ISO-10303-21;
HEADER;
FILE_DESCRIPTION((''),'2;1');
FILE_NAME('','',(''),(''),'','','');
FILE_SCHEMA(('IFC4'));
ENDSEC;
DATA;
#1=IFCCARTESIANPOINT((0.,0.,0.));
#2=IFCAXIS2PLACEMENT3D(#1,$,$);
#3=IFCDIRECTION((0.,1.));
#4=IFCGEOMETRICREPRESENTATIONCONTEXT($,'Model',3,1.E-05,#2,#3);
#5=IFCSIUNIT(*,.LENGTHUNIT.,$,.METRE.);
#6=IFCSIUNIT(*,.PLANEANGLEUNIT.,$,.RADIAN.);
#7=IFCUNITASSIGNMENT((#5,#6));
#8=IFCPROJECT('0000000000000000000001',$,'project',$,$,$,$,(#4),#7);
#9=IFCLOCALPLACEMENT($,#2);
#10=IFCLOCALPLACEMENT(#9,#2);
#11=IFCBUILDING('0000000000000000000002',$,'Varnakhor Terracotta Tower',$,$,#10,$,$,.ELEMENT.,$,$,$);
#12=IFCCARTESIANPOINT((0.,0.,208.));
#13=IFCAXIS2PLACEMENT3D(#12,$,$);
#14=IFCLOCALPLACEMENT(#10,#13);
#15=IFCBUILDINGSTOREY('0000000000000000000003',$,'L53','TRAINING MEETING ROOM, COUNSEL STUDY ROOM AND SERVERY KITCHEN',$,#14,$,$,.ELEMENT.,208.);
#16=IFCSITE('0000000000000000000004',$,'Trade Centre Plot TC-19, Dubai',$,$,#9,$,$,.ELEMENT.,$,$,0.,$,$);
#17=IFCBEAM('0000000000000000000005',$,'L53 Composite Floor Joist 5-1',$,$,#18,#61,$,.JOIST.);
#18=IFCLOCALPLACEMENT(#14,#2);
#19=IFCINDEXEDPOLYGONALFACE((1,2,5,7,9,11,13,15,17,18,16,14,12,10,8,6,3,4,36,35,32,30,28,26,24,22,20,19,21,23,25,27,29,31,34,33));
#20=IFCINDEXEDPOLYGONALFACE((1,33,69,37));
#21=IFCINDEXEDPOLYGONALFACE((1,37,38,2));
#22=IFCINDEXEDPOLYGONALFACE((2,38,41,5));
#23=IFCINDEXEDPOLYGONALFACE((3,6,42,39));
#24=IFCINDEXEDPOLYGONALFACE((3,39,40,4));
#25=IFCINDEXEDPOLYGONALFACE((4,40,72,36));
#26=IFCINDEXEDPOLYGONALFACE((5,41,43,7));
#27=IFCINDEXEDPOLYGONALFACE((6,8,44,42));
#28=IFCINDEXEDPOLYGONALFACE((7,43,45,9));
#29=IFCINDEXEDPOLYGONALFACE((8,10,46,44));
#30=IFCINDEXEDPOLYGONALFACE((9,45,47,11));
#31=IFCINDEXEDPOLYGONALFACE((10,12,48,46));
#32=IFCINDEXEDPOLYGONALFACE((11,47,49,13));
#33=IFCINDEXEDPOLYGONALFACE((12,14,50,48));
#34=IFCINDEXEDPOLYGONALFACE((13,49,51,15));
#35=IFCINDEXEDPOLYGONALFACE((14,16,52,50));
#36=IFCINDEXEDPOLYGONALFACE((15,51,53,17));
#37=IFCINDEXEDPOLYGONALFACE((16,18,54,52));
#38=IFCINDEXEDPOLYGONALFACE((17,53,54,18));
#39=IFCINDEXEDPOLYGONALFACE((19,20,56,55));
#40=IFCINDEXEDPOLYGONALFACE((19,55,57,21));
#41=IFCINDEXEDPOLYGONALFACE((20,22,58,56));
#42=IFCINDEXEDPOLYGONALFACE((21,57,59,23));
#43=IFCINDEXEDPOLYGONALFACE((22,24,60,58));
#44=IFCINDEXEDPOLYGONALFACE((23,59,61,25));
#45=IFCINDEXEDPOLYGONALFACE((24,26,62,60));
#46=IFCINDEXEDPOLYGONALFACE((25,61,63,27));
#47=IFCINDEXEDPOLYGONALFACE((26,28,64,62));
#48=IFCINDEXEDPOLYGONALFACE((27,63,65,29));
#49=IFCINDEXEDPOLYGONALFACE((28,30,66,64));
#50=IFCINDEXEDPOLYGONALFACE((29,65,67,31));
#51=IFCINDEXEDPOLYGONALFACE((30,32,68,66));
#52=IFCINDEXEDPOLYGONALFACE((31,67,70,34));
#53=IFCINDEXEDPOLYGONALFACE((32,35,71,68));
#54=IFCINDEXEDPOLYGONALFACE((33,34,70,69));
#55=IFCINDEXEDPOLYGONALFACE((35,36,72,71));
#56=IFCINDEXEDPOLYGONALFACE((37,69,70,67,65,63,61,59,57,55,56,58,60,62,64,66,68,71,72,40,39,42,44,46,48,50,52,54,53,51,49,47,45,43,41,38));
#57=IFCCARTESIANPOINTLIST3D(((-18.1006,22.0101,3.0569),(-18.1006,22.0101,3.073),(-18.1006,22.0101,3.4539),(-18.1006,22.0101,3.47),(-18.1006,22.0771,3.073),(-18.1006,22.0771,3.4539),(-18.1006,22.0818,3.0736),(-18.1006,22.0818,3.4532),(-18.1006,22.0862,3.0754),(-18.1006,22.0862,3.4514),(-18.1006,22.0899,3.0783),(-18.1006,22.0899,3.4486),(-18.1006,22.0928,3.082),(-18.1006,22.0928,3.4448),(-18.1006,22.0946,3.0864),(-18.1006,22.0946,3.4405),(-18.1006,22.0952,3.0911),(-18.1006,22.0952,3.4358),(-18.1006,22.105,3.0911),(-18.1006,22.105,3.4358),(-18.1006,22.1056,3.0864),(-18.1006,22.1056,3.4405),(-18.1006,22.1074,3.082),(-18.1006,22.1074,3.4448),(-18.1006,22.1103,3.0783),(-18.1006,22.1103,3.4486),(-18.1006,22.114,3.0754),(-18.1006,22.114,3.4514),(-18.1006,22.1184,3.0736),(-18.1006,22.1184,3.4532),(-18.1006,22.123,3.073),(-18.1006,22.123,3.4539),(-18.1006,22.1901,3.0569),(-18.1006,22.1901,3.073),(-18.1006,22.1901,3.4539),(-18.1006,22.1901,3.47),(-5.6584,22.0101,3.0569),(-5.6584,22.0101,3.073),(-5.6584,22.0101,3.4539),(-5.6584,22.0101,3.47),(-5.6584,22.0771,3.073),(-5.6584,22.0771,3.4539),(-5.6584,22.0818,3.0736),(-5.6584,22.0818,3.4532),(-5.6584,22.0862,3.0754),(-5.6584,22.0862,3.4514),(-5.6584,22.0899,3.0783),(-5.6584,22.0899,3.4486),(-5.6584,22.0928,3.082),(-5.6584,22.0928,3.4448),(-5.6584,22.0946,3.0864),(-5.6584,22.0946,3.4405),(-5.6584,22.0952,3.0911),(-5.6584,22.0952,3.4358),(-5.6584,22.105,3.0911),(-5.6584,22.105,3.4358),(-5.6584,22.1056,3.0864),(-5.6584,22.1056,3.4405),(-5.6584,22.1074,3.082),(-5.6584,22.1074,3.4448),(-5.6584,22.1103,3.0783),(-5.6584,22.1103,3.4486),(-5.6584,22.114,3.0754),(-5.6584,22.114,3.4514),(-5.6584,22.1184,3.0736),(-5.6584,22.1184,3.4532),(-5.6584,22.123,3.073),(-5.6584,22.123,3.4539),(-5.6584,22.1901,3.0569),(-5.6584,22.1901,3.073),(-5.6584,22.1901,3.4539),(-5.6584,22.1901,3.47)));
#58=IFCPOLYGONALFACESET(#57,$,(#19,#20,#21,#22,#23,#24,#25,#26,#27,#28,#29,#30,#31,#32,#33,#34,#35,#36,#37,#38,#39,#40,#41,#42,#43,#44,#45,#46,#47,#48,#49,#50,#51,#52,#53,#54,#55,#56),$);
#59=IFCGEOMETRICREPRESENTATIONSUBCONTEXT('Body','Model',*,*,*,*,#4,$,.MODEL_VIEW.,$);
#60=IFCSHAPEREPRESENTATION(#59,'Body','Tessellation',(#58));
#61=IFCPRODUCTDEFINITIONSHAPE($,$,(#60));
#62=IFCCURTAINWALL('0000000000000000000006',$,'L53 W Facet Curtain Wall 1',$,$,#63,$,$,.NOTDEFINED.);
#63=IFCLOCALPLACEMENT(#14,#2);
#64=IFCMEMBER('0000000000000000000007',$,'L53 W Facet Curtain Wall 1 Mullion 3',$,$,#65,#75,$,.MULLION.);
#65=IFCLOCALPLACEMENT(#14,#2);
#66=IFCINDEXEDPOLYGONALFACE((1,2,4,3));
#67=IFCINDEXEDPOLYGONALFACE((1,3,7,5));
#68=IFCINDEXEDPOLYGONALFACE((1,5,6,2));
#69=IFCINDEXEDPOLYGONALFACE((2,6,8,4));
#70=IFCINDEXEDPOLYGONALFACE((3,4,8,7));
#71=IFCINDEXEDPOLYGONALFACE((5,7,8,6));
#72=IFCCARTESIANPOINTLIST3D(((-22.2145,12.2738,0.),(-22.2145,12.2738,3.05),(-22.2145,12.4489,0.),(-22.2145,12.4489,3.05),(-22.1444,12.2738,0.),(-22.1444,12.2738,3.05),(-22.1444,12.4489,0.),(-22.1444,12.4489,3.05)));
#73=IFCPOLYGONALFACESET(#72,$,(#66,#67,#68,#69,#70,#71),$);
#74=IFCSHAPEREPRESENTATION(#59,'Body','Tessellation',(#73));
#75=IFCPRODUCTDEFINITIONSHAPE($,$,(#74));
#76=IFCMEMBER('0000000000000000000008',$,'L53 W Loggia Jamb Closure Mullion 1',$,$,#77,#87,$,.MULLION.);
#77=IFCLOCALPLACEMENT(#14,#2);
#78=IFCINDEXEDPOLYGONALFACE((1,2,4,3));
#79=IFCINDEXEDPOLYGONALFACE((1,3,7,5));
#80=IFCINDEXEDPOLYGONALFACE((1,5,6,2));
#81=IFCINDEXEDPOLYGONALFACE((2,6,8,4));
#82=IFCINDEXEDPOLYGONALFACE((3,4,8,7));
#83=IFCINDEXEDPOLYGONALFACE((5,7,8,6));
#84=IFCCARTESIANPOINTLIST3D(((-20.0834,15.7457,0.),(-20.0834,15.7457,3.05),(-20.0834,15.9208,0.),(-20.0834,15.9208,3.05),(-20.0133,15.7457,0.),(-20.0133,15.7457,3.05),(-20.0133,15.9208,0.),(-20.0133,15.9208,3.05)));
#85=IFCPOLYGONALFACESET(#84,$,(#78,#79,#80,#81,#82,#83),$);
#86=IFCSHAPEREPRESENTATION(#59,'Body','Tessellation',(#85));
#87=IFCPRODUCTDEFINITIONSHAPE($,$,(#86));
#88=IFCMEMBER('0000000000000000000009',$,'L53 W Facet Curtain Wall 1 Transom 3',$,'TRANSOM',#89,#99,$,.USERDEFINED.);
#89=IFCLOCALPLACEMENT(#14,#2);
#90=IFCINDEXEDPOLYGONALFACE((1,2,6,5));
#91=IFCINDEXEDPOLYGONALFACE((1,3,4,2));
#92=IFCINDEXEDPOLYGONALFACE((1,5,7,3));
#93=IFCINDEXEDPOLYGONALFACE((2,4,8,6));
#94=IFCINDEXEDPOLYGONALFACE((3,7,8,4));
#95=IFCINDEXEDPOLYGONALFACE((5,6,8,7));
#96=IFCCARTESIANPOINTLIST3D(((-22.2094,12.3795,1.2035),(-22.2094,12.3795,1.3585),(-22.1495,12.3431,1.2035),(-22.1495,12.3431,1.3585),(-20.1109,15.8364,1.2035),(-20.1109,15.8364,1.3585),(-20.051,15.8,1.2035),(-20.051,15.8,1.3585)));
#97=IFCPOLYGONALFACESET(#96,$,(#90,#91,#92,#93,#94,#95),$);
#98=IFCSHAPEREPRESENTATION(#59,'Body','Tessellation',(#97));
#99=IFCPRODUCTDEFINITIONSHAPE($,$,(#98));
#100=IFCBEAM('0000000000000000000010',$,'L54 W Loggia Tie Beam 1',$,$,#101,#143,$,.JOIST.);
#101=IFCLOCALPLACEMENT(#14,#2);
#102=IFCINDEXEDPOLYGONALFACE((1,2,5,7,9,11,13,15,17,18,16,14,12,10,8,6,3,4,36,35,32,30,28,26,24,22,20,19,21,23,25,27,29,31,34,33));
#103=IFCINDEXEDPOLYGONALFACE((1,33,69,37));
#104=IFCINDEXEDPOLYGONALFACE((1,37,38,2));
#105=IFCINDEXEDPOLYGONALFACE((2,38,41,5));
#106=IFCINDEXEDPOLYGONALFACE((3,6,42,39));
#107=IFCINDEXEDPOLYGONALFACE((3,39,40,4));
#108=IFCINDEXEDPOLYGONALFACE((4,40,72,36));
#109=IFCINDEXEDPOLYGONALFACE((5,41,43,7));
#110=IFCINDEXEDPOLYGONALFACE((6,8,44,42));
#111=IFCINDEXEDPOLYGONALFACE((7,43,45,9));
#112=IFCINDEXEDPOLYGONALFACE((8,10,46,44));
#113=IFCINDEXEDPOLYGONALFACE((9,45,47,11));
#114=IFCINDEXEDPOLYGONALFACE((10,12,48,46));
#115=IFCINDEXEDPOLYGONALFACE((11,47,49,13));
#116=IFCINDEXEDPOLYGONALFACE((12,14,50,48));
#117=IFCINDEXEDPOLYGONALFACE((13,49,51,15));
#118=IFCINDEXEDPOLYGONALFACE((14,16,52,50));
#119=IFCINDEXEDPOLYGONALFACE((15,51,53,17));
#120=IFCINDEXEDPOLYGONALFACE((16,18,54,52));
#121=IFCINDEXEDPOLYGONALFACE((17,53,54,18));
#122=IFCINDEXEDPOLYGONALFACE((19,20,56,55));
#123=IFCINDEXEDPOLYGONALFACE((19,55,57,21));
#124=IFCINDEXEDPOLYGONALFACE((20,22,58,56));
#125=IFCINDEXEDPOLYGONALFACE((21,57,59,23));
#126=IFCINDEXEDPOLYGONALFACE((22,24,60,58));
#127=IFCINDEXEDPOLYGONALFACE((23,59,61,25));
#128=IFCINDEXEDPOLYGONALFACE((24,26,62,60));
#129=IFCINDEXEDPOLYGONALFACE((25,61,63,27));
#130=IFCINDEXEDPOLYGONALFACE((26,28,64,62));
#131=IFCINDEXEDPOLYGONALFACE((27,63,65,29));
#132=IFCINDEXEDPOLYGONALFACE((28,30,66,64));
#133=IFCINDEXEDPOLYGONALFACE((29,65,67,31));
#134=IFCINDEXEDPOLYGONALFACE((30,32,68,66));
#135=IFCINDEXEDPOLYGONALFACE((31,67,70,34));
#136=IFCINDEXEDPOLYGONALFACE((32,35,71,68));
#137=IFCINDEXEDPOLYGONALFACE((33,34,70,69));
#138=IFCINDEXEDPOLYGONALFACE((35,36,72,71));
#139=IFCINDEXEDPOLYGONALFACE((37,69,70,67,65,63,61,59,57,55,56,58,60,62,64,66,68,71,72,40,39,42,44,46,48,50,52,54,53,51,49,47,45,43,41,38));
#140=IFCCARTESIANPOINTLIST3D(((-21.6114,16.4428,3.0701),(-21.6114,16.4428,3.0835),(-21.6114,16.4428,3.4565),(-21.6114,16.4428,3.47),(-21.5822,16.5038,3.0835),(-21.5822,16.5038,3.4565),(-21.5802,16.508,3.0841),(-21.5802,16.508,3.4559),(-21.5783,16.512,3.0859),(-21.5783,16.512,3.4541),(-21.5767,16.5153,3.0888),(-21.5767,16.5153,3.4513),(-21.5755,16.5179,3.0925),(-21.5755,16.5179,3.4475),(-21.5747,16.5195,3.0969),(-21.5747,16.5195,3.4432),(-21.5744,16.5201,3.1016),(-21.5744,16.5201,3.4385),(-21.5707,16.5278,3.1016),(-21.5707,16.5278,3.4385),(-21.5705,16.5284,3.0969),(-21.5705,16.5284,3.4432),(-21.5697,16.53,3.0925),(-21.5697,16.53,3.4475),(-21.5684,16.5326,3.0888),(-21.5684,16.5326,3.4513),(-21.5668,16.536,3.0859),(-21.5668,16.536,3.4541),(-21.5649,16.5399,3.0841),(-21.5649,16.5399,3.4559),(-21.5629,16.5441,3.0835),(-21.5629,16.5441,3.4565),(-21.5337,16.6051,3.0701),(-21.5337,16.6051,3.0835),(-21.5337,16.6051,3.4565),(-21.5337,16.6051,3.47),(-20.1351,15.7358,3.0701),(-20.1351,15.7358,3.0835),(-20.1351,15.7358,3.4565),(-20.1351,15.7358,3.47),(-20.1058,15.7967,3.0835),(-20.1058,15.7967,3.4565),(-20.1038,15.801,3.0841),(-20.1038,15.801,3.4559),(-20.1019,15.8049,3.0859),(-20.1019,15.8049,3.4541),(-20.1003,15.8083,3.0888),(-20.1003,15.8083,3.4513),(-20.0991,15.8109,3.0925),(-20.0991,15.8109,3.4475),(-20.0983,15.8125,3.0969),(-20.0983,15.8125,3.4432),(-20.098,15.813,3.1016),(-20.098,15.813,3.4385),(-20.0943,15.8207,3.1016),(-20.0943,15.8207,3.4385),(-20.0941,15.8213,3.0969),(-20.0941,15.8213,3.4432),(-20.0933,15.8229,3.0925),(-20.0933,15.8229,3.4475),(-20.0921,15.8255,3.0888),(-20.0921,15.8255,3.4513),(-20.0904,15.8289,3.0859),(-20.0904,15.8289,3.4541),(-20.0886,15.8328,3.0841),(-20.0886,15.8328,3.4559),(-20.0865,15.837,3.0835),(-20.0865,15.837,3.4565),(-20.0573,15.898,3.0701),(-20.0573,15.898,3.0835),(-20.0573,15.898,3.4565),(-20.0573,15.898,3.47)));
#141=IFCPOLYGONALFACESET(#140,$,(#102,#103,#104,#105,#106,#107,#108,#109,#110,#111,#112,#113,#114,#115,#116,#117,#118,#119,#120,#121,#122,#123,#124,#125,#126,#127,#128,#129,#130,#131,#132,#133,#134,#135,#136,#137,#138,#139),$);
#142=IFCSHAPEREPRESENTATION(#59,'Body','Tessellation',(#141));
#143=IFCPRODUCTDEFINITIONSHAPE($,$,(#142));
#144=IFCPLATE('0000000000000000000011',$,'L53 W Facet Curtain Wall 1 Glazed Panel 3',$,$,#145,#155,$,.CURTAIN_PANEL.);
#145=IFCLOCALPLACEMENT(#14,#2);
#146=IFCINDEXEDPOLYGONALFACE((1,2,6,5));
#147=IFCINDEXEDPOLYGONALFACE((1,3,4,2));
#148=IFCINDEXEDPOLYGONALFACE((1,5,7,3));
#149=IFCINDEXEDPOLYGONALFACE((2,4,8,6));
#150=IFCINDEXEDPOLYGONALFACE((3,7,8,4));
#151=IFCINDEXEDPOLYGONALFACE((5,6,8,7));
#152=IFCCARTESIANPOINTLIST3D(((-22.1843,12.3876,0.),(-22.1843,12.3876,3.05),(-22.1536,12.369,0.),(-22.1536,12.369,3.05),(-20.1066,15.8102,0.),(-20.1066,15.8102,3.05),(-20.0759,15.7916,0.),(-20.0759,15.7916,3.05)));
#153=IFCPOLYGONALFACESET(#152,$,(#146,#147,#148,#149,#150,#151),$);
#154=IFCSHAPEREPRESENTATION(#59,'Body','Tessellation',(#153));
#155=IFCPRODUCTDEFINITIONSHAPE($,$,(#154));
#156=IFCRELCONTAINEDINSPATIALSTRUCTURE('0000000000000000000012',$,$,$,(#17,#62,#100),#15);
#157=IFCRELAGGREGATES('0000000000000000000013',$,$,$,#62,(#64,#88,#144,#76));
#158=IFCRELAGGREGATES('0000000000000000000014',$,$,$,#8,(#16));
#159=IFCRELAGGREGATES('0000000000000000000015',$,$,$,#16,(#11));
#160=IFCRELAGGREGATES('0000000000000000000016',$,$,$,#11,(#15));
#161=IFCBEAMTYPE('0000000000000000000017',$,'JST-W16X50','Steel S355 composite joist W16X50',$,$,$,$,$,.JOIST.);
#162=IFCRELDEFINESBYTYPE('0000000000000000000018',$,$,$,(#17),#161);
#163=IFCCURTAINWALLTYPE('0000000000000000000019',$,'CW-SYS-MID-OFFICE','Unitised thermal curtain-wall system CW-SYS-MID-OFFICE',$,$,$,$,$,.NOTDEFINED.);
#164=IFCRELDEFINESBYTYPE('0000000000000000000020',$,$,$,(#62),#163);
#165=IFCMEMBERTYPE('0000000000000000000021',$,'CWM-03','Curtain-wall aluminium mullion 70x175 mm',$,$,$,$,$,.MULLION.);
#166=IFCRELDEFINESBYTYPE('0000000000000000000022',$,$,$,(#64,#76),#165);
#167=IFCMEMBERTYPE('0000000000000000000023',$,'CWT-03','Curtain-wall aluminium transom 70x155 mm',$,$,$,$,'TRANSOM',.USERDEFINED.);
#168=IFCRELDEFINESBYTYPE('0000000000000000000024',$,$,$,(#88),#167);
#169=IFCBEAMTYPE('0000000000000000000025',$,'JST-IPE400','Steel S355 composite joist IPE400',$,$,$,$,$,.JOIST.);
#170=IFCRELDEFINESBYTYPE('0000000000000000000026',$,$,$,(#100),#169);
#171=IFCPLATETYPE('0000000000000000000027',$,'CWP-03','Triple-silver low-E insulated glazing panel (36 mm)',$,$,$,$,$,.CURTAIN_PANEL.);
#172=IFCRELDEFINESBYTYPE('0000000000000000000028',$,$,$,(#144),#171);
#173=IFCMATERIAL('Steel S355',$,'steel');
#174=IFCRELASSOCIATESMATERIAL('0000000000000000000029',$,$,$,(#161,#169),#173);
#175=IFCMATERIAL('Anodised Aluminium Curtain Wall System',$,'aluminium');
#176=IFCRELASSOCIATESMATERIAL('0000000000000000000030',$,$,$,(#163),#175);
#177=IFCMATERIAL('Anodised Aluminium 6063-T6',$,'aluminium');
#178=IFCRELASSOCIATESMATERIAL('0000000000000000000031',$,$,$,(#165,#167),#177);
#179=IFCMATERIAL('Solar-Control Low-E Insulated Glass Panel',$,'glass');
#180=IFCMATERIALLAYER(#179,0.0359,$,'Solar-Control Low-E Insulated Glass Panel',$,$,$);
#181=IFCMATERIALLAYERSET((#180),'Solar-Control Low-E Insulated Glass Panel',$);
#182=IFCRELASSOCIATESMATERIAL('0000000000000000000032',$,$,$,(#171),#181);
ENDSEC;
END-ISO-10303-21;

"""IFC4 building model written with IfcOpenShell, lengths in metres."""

from ifc_helpers import new_model, si_unit, direction, frame, origin, origin_2d, place, context, subcontext, project, spatial, rectangle, i_section, extrude, source, transform, mapped, material, layer, layer_set, material_profile, profile_set, type_object, element, aggregate, save


model = new_model("IFC4")

# Units and contexts
model_context = context("Model", 3, precision=1e-05, world=origin(), true_north=direction((0.0, 1.0)))
body_context = subcontext(model_context, "Body", "Model", "MODEL_VIEW")
ifc_project = project(units=[si_unit("LENGTHUNIT", "METRE"), si_unit("PLANEANGLEUNIT", "RADIAN")], contexts=[model_context])

# Site, building, storey
site_placement = place(None, origin())
site = spatial("IfcSite", under=ifc_project, at=site_placement, Name="Trade Centre Plot TC-19, Dubai", CompositionType="ELEMENT", RefElevation=0.0)
building_placement = place(site_placement, origin())
building = spatial("IfcBuilding", under=site, at=building_placement, Name="Varnakhor Terracotta Tower", CompositionType="ELEMENT")
storey_placement = place(building_placement, frame((0.0, 0.0, 208.0)))
storey = spatial("IfcBuildingStorey", under=building, at=storey_placement, Name="L53", Description="TRAINING MEETING ROOM, COUNSEL STUDY ROOM AND SERVERY KITCHEN", CompositionType="ELEMENT", Elevation=208.0)

# Beam
ifc_material_1 = material(Name="Steel S355", Category="steel")
ifc_material_profile_1 = material_profile(ifc_material_1, i_section(OverallWidth=0.1799, OverallDepth=0.4131, WebThickness=0.0098, FlangeThickness=0.0161, FilletRadius=0.0181, at=origin_2d()), Name="W16X50")
ifc_profile_set_1 = profile_set([ifc_material_profile_1], Name="Steel S355")
beam_type_1 = type_object("IfcBeamType", Name="JST-W16X50", Description="Steel S355 composite joist W16X50", PredefinedType="JOIST", material=ifc_profile_set_1)
shared_shape_1 = source(origin(), body_context, "Body", "SweptSolid", [
    extrude(i_section(OverallWidth=0.1799, OverallDepth=0.4131, WebThickness=0.0098, FlangeThickness=0.0161, FilletRadius=0.0181, at=origin_2d()), origin(), (0.0, 0.0, 1.0), 12.4421),
])
beam_1_placement = place(storey_placement, frame((-18.1006, 22.1001, 3.2634), z_axis=(1.0, 0.0, 0.0), x_axis=(0.0, 1.0, 0.0)))
element("IfcBeam", 1, at=beam_1_placement, inside=storey, type_object=beam_type_1, Name="L53 Composite Floor Joist 5-1", PredefinedType="JOIST", context=body_context, shape_type="MappedRepresentation", body=[
    mapped(shared_shape_1, transform((0.0, 0.0, 0.0), scale=1.0)),
])

# Curtain wall, members
ifc_material_2 = material(Name="Anodised Aluminium Curtain Wall System", Category="aluminium")
curtain_wall_type = type_object("IfcCurtainWallType", Name="CW-SYS-MID-OFFICE", Description="Unitised thermal curtain-wall system CW-SYS-MID-OFFICE", PredefinedType="NOTDEFINED", material=ifc_material_2)
curtain_wall_placement = place(storey_placement, origin())
curtain_wall = element("IfcCurtainWall", 2, at=curtain_wall_placement, inside=storey, type_object=curtain_wall_type, Name="L53 W Facet Curtain Wall 1", PredefinedType="NOTDEFINED")
ifc_material_3 = material(Name="Anodised Aluminium 6063-T6", Category="aluminium")
ifc_material_profile_2 = material_profile(ifc_material_3, rectangle(XDim=0.0701, YDim=0.175, at=origin_2d()), Name="ALU MULLION 70x175")
ifc_profile_set_2 = profile_set([ifc_material_profile_2], Name="Anodised Aluminium 6063-T6")
member_type_1 = type_object("IfcMemberType", Name="CWM-03", Description="Curtain-wall aluminium mullion 70x175 mm", PredefinedType="MULLION", material=ifc_profile_set_2)
shared_shape_2 = source(origin(), body_context, "Body", "SweptSolid", [
    extrude(rectangle(XDim=0.0701, YDim=0.175, at=origin_2d()), origin(), (0.0, 0.0, 1.0), 3.05),
])
member_1_placement = place(storey_placement, frame((-22.1794, 12.3613, 0.0), z_axis=(0.0, 0.0, 1.0), x_axis=(1.0, 0.0, 0.0)))
member_1 = element("IfcMember", 3, at=member_1_placement, type_object=member_type_1, Name="L53 W Facet Curtain Wall 1 Mullion 3", PredefinedType="MULLION", context=body_context, shape_type="MappedRepresentation", body=[
    mapped(shared_shape_2, transform((0.0, 0.0, 0.0), scale=1.0)),
])
member_2_placement = place(storey_placement, frame((-20.0483, 15.8333, 0.0), z_axis=(0.0, 0.0, 1.0), x_axis=(1.0, 0.0, 0.0)))
member_2 = element("IfcMember", 4, at=member_2_placement, type_object=member_type_1, Name="L53 W Loggia Jamb Closure Mullion 1", PredefinedType="MULLION", context=body_context, shape_type="MappedRepresentation", body=[
    mapped(shared_shape_2, transform((0.0, 0.0, 0.0), scale=1.0)),
])
ifc_material_profile_3 = material_profile(ifc_material_3, rectangle(XDim=0.0701, YDim=0.155, at=origin_2d()), Name="ALU TRANSOM 70x155")
ifc_profile_set_3 = profile_set([ifc_material_profile_3], Name="Anodised Aluminium 6063-T6")
member_type_2 = type_object("IfcMemberType", Name="CWT-03", Description="Curtain-wall aluminium transom 70x155 mm", ElementType="TRANSOM", PredefinedType="USERDEFINED", material=ifc_profile_set_3)
shared_shape_3 = source(origin(), body_context, "Body", "SweptSolid", [
    extrude(rectangle(XDim=0.0701, YDim=0.155, at=origin_2d()), origin(), (0.0, 0.0, 1.0), 4.0439),
])
member_3_placement = place(storey_placement, frame((-22.1794, 12.3613, 1.281), z_axis=(0.51891, 0.854829, 0.0), x_axis=(-0.854829, 0.51891, 0.0)))
member_3 = element("IfcMember", 5, at=member_3_placement, type_object=member_type_2, Name="L53 W Facet Curtain Wall 1 Transom 3", ObjectType="TRANSOM", PredefinedType="USERDEFINED", context=body_context, shape_type="MappedRepresentation", body=[
    mapped(shared_shape_3, transform((0.0, 0.0, 0.0), scale=1.0)),
])

# Beam
ifc_material_profile_4 = material_profile(ifc_material_1, i_section(OverallWidth=0.1799, OverallDepth=0.3999, WebThickness=0.0085, FlangeThickness=0.0134, FilletRadius=0.0181, at=origin_2d()), Name="IPE400")
ifc_profile_set_4 = profile_set([ifc_material_profile_4], Name="Steel S355")
beam_type_2 = type_object("IfcBeamType", Name="JST-IPE400", Description="Steel S355 composite joist IPE400", PredefinedType="JOIST", material=ifc_profile_set_4)
shared_shape_4 = source(origin(), body_context, "Body", "SweptSolid", [
    extrude(i_section(OverallWidth=0.1799, OverallDepth=0.3999, WebThickness=0.0085, FlangeThickness=0.0134, FilletRadius=0.0181, at=origin_2d()), origin(), (0.0, 0.0, 1.0), 1.637),
])
beam_2_placement = place(storey_placement, frame((-20.0962, 15.8169, 3.27), z_axis=(-0.901904, 0.431936, 0.0), x_axis=(-0.431936, -0.901904, 0.0)))
element("IfcBeam", 6, at=beam_2_placement, inside=storey, type_object=beam_type_2, Name="L54 W Loggia Tie Beam 1", PredefinedType="JOIST", context=body_context, shape_type="MappedRepresentation", body=[
    mapped(shared_shape_4, transform((0.0, 0.0, 0.0), scale=1.0)),
])

# Plate
ifc_material_4 = material(Name="Solar-Control Low-E Insulated Glass Panel", Category="glass")
ifc_layer_1 = layer(ifc_material_4, 0.0359, Name="Solar-Control Low-E Insulated Glass Panel")
ifc_layer_set_1 = layer_set([ifc_layer_1], Name="Solar-Control Low-E Insulated Glass Panel")
plate_type = type_object("IfcPlateType", Name="CWP-03", Description="Triple-silver low-E insulated glazing panel (36 mm)", PredefinedType="CURTAIN_PANEL", material=ifc_layer_set_1)
shared_shape_5 = source(origin(), body_context, "Body", "SweptSolid", [
    extrude(rectangle(XDim=4.0039, YDim=0.0359, at=origin_2d()), origin(), (0.0, 0.0, 1.0), 3.05),
])
plate_placement = place(storey_placement, frame((-21.1301, 14.0896, 0.0), z_axis=(0.0, 0.0, 1.0), x_axis=(0.518922, 0.854821, 0.0)))
plate = element("IfcPlate", 7, at=plate_placement, type_object=plate_type, Name="L53 W Facet Curtain Wall 1 Glazed Panel 3", PredefinedType="CURTAIN_PANEL", context=body_context, shape_type="MappedRepresentation", body=[
    mapped(shared_shape_5, transform((0.0, 0.0, 0.0), scale=1.0)),
])
aggregate(curtain_wall, [member_1, member_3, plate, member_2])

save(model, "model.ifc")
